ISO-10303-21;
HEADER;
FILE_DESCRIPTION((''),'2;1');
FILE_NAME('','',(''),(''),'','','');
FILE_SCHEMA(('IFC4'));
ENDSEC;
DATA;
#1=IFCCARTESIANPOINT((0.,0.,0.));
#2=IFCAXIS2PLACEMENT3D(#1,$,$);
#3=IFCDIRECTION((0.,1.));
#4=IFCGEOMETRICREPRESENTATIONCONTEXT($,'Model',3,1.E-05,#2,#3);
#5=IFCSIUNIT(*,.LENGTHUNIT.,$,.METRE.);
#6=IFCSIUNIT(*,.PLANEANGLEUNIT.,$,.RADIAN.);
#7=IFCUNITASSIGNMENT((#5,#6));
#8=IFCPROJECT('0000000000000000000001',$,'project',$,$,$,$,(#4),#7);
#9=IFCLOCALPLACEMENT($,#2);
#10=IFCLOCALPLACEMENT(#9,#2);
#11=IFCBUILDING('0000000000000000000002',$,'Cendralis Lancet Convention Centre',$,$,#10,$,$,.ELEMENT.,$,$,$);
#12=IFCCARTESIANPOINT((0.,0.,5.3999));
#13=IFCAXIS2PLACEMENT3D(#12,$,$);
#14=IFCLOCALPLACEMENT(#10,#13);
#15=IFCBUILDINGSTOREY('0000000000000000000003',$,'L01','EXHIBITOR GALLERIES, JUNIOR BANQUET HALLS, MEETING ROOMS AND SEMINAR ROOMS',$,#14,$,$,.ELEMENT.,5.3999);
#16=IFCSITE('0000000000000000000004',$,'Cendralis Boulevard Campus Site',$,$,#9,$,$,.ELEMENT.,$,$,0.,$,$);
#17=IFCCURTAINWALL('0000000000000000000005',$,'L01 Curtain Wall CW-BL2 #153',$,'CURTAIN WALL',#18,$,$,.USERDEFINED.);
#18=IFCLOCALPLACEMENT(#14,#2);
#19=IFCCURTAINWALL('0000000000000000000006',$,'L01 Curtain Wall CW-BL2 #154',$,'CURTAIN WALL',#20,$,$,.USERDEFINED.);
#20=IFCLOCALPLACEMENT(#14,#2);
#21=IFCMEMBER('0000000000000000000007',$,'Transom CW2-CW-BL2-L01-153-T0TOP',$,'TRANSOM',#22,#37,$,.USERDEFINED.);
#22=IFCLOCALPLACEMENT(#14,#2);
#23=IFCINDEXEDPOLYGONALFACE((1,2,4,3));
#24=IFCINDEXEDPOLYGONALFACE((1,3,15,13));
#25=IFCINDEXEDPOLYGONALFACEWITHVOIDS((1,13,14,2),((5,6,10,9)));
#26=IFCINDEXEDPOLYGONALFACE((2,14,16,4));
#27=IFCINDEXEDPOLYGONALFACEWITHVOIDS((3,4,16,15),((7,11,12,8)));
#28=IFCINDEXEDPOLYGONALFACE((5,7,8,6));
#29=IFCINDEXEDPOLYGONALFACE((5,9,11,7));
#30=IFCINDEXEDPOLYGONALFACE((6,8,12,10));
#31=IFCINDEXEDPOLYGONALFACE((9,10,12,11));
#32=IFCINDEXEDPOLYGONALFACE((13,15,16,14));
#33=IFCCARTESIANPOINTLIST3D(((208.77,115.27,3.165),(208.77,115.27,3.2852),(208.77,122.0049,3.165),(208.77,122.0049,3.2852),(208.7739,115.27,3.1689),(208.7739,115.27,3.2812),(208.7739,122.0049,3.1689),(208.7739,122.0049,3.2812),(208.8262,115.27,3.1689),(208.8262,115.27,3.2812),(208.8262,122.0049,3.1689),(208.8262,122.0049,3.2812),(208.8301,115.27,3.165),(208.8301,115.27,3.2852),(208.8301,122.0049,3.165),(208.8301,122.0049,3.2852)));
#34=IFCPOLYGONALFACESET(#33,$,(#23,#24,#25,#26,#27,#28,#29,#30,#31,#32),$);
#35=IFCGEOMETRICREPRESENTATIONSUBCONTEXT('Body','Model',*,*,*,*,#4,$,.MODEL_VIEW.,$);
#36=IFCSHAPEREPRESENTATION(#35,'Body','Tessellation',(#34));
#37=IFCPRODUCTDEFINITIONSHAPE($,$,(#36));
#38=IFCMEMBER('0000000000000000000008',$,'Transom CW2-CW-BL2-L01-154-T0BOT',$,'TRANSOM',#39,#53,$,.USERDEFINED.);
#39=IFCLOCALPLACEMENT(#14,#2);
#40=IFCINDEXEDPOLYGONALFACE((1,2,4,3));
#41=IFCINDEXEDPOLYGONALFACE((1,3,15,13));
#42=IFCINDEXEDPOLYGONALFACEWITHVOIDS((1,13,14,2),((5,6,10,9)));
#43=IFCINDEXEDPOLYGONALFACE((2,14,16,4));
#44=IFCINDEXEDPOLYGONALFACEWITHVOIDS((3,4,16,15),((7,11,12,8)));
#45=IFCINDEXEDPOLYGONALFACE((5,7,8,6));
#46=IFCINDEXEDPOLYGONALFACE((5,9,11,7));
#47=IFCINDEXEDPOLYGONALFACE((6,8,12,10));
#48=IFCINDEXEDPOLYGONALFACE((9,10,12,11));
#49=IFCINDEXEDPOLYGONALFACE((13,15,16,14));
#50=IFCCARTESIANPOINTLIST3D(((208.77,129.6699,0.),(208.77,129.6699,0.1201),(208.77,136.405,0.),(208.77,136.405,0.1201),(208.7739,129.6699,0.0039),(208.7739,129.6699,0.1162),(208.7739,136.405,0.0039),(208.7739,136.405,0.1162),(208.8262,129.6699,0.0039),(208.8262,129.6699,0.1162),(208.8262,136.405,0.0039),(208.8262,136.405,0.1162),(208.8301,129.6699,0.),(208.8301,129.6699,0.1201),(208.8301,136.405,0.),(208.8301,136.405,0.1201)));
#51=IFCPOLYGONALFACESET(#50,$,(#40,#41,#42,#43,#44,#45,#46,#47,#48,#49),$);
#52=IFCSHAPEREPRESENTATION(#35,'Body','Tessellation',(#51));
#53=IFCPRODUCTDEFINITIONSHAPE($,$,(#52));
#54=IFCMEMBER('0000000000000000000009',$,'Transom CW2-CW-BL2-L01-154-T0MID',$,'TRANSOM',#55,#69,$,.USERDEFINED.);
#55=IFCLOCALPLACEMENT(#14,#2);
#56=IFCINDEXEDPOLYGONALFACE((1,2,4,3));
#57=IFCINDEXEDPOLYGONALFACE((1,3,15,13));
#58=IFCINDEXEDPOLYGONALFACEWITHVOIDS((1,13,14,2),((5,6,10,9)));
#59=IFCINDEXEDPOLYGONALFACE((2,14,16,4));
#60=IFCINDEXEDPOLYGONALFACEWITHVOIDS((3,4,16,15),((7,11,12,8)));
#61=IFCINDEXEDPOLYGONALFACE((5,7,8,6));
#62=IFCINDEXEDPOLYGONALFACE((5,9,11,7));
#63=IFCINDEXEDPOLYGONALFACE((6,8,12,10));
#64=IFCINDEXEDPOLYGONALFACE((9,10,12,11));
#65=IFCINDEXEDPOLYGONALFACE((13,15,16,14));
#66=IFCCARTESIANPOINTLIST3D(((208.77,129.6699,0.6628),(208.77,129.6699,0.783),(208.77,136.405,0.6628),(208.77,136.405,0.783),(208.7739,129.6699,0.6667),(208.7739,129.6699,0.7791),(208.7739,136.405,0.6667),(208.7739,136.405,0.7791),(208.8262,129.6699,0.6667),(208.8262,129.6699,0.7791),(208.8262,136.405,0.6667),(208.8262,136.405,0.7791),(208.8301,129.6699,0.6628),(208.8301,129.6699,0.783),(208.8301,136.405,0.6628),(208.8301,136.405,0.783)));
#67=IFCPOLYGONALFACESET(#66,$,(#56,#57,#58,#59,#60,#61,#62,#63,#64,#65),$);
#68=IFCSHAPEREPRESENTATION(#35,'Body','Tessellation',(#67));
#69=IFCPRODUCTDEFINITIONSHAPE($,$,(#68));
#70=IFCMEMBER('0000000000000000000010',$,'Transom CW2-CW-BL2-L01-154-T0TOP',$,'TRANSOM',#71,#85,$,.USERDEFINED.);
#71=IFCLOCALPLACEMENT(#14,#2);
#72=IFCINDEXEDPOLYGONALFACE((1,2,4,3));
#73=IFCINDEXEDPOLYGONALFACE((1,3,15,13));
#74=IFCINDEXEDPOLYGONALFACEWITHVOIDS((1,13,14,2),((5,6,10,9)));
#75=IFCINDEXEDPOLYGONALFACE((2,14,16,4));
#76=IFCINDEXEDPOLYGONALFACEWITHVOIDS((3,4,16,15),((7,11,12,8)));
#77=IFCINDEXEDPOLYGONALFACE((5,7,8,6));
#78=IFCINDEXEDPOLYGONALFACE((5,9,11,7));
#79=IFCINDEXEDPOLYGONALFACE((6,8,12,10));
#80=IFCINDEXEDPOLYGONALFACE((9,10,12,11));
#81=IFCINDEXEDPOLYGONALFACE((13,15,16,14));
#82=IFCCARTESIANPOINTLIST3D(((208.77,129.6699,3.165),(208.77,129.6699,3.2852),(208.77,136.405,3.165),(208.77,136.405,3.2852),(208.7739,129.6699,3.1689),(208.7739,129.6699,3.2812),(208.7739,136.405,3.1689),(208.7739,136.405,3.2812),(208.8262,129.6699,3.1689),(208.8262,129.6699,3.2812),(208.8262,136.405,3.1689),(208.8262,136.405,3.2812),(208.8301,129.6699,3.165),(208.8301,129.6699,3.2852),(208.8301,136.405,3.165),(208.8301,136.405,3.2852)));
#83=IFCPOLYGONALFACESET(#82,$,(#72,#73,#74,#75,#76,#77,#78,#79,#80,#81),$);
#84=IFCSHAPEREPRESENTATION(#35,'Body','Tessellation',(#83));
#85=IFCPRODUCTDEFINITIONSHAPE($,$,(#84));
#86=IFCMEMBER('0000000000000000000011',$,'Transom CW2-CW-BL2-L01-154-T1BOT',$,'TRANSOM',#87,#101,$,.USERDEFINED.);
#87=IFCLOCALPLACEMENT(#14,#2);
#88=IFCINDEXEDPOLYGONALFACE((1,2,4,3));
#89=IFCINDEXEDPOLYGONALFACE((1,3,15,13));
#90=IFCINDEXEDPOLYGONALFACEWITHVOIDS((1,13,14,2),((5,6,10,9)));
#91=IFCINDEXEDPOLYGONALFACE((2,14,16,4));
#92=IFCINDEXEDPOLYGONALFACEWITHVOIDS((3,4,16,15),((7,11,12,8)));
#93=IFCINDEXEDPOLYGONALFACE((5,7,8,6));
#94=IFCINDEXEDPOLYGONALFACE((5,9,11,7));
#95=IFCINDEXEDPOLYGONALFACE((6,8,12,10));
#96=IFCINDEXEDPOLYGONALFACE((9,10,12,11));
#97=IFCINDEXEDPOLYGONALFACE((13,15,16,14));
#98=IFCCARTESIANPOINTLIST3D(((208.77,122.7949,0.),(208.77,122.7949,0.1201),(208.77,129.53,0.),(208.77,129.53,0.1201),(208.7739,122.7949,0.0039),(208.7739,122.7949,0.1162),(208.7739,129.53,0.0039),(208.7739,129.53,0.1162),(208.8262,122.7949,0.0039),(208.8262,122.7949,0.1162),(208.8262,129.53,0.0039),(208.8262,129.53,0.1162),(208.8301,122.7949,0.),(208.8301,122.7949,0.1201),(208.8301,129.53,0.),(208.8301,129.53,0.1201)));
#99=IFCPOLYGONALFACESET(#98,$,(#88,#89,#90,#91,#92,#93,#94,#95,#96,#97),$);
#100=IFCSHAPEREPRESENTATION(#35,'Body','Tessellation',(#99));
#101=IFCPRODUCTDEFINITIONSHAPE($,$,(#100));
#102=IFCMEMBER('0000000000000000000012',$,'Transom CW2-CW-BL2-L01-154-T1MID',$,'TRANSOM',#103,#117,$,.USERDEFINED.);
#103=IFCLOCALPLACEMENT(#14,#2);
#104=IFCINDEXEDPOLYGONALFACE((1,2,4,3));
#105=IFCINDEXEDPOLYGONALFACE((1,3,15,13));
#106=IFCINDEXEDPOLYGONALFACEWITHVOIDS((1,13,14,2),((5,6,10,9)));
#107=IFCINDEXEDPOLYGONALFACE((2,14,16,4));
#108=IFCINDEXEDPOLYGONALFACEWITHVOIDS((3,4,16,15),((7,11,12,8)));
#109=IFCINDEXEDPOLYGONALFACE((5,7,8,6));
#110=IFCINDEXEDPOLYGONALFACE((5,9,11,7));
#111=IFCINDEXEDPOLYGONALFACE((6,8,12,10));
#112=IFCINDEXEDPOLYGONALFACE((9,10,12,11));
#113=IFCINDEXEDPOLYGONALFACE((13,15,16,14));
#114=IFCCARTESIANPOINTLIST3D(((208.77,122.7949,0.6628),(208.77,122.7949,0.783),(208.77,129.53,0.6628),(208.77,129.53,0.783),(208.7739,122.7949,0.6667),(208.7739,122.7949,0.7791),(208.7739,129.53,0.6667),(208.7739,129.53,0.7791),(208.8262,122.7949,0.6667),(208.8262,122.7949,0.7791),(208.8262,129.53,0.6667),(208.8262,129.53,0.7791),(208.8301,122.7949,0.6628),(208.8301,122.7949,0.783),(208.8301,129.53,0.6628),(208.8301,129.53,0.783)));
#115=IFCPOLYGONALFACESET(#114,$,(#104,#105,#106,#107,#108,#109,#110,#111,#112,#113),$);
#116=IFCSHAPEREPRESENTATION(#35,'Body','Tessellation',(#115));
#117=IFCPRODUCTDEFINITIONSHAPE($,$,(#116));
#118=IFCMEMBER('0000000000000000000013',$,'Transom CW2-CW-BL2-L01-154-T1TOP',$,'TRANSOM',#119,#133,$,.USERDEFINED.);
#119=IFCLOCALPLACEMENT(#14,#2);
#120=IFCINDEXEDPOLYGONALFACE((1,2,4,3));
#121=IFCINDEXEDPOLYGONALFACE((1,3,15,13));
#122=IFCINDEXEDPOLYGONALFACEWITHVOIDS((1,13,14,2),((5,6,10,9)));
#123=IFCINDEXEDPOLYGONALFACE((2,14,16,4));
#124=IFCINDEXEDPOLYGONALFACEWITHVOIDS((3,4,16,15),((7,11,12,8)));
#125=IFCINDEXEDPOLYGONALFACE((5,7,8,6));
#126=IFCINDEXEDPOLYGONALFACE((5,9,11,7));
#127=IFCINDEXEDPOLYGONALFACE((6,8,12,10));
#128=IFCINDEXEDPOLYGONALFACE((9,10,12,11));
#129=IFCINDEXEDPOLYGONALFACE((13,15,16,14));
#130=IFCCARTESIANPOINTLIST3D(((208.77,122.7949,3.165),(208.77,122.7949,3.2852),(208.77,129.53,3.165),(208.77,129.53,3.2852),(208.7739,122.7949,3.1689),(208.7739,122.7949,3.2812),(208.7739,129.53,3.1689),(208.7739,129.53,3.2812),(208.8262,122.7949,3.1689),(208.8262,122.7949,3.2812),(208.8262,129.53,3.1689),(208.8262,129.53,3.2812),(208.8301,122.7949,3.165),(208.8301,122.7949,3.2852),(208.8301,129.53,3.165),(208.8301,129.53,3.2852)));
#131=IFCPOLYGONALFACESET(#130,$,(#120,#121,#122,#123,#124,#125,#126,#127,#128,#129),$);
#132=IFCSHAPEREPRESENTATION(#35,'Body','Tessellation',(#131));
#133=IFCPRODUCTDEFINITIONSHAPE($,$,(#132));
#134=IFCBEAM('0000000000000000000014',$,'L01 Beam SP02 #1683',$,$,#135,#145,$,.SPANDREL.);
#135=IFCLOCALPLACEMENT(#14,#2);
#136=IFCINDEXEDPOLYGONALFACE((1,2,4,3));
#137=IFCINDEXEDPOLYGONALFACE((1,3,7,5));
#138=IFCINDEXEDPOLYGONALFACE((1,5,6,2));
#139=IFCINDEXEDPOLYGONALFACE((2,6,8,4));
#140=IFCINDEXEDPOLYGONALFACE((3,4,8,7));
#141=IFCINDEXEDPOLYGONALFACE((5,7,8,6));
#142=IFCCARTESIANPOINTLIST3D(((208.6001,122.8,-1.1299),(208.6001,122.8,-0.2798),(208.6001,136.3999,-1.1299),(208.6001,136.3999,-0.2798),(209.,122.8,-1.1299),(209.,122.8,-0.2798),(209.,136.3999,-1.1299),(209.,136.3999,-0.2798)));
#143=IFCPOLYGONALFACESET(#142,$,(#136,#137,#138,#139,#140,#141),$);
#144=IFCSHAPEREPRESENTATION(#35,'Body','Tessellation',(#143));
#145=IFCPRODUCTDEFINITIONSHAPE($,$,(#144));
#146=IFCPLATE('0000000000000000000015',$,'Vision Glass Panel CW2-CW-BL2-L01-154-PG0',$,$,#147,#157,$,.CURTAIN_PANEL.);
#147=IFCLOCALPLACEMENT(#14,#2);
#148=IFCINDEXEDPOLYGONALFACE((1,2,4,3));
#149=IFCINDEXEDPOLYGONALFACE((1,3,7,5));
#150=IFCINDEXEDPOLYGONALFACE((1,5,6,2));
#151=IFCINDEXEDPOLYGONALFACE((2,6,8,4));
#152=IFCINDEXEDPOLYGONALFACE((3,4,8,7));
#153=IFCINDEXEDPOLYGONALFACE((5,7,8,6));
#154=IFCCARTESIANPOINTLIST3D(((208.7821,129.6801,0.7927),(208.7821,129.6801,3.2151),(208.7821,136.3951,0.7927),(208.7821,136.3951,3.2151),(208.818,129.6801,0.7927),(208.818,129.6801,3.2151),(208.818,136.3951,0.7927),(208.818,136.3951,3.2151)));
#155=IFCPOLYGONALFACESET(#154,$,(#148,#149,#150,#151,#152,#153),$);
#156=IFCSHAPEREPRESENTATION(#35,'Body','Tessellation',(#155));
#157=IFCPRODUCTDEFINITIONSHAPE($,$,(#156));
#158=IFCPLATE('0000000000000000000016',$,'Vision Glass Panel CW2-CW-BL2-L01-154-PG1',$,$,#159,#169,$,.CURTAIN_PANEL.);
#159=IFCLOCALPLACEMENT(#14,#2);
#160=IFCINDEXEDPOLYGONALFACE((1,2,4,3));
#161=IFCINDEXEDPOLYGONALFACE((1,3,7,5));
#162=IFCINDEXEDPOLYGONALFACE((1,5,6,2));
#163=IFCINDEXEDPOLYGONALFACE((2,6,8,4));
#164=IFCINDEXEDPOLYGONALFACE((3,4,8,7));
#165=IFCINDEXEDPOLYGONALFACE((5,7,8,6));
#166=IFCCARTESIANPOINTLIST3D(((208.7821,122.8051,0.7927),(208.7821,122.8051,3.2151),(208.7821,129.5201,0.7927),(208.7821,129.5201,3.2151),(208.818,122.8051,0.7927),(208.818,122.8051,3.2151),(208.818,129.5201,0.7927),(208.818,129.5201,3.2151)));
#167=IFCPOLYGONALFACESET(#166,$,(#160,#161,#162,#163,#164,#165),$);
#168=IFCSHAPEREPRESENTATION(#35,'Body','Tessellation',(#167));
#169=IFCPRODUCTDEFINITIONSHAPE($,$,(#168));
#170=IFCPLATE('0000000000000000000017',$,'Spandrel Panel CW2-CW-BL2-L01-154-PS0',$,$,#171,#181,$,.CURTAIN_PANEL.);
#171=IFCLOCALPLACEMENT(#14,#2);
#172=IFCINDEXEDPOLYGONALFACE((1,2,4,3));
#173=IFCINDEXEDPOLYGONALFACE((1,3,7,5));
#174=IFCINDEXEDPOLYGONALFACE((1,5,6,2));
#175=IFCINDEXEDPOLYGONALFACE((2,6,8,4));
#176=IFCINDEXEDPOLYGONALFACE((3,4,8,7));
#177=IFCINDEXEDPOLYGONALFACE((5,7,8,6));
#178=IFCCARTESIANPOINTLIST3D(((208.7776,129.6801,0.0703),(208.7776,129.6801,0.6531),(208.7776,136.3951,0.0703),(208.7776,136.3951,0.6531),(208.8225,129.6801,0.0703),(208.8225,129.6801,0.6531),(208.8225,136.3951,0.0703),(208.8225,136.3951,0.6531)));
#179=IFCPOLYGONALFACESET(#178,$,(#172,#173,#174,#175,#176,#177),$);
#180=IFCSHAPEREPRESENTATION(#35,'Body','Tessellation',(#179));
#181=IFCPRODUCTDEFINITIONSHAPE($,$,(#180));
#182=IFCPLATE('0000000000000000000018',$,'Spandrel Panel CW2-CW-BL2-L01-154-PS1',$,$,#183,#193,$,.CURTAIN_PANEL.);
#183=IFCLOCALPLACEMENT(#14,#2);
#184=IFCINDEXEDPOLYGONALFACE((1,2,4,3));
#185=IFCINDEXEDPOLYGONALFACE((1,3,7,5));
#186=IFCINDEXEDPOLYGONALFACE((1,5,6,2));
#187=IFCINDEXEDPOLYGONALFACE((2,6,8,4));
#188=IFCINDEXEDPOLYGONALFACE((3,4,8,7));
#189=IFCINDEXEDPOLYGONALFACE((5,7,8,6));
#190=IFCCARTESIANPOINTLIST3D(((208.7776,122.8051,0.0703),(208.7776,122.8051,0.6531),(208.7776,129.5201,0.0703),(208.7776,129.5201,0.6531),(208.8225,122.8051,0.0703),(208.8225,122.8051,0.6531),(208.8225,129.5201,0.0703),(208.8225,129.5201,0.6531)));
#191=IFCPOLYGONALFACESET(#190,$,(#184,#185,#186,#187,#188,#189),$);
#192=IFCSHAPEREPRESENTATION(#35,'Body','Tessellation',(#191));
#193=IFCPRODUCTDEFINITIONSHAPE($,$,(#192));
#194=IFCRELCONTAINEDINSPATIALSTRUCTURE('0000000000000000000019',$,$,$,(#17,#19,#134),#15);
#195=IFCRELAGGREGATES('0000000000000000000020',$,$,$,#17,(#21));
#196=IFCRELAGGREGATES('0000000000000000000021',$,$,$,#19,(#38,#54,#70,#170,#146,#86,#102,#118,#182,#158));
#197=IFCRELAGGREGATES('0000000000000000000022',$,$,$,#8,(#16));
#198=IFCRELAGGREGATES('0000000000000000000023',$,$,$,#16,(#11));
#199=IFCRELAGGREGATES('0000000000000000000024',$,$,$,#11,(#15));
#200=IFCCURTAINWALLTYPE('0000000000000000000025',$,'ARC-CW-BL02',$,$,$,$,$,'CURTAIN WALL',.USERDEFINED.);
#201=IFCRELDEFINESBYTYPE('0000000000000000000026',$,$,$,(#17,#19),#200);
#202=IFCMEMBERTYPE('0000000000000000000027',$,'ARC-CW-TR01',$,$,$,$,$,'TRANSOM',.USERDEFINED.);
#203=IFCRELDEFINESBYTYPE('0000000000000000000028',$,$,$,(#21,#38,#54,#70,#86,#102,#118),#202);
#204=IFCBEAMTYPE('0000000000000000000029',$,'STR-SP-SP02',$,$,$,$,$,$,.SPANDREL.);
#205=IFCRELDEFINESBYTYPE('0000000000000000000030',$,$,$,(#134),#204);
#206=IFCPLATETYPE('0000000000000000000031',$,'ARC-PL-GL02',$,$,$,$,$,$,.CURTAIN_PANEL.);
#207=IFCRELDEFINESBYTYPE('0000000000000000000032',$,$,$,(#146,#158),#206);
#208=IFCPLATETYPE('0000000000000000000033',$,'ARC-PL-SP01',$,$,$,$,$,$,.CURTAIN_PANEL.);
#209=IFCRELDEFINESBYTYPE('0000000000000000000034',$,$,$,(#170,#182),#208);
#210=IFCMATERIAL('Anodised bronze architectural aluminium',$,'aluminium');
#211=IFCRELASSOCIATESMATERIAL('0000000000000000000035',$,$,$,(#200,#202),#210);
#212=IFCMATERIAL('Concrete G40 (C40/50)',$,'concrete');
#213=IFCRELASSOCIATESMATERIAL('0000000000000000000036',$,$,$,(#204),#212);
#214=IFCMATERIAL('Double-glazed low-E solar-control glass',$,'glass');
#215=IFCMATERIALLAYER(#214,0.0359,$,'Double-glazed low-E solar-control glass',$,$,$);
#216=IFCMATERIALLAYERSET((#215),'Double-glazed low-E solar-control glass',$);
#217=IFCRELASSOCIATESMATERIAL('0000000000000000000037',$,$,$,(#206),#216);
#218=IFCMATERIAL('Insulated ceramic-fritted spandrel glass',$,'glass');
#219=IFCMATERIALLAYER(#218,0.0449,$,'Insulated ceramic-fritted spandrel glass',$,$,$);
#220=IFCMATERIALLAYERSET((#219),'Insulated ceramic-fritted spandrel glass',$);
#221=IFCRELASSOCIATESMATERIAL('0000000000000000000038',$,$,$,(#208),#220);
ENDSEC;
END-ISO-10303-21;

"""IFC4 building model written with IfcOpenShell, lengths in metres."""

from ifc_helpers import new_model, si_unit, direction, frame, origin, origin_2d, place, context, subcontext, project, spatial, rectangle, hollow_rectangle, extrude, material, layer, layer_set, material_profile, profile_set, type_object, element, aggregate, save


model = new_model("IFC4")

# Units and contexts
model_context = context("Model", 3, precision=1e-05, world=origin(), true_north=direction((0.0, 1.0)))
body_context = subcontext(model_context, "Body", "Model", "MODEL_VIEW")
ifc_project = project(units=[si_unit("LENGTHUNIT", "METRE"), si_unit("PLANEANGLEUNIT", "RADIAN")], contexts=[model_context])

# Site, building, storey
site_placement = place(None, origin())
site = spatial("IfcSite", under=ifc_project, at=site_placement, Name="Cendralis Boulevard Campus Site", CompositionType="ELEMENT", RefElevation=0.0)
building_placement = place(site_placement, origin())
building = spatial("IfcBuilding", under=site, at=building_placement, Name="Cendralis Lancet Convention Centre", CompositionType="ELEMENT")
storey_placement = place(building_placement, frame((0.0, 0.0, 5.3999)))
storey = spatial("IfcBuildingStorey", under=building, at=storey_placement, Name="L01", Description="EXHIBITOR GALLERIES, JUNIOR BANQUET HALLS, MEETING ROOMS AND SEMINAR ROOMS", CompositionType="ELEMENT", Elevation=5.3999)

# Curtain wall
ifc_material_1 = material(Name="Anodised bronze architectural aluminium", Category="aluminium")
curtain_wall_type = type_object("IfcCurtainWallType", Name="ARC-CW-BL02", ElementType="CURTAIN WALL", PredefinedType="USERDEFINED", material=ifc_material_1)
curtain_wall_1_placement = place(storey_placement, origin())
curtain_wall_1 = element("IfcCurtainWall", 1, at=curtain_wall_1_placement, inside=storey, type_object=curtain_wall_type, Name="L01 Curtain Wall CW-BL2 #153", ObjectType="CURTAIN WALL", PredefinedType="USERDEFINED")

# Curtain wall
curtain_wall_2_placement = place(storey_placement, origin())
curtain_wall_2 = element("IfcCurtainWall", 2, at=curtain_wall_2_placement, inside=storey, type_object=curtain_wall_type, Name="L01 Curtain Wall CW-BL2 #154", ObjectType="CURTAIN WALL", PredefinedType="USERDEFINED")

# Members
ifc_material_profile_1 = material_profile(ifc_material_1, hollow_rectangle(XDim=0.0601, YDim=0.1201, WallThickness=0.0039, at=origin_2d()), Name="AL-TRAN 60x120x4.0")
ifc_profile_set_1 = profile_set([ifc_material_profile_1], Name="Anodised bronze architectural aluminium")
member_type_1 = type_object("IfcMemberType", Name="ARC-CW-TR01", ElementType="TRANSOM", PredefinedType="USERDEFINED", material=ifc_profile_set_1)
member_1_placement = place(storey_placement, frame((208.8, 122.0049, 3.2251), z_axis=(0.0, -1.0, 0.0), x_axis=(1.0, 0.0, 0.0)))
member_1 = element("IfcMember", 3, at=member_1_placement, type_object=member_type_1, Name="Transom CW2-CW-BL2-L01-153-T0TOP", ObjectType="TRANSOM", PredefinedType="USERDEFINED", context=body_context, shape_type="SweptSolid", body=[
    extrude(hollow_rectangle(XDim=0.0601, YDim=0.1201, WallThickness=0.0039, at=origin_2d()), origin(), (0.0, 0.0, 1.0), 6.7349),
])
aggregate(curtain_wall_1, [member_1])
member_2_placement = place(storey_placement, frame((208.8, 136.405, 0.0601), z_axis=(0.0, -1.0, 0.0), x_axis=(1.0, 0.0, 0.0)))
member_2 = element("IfcMember", 4, at=member_2_placement, type_object=member_type_1, Name="Transom CW2-CW-BL2-L01-154-T0BOT", ObjectType="TRANSOM", PredefinedType="USERDEFINED", context=body_context, shape_type="SweptSolid", body=[
    extrude(hollow_rectangle(XDim=0.0601, YDim=0.1201, WallThickness=0.0039, at=origin_2d()), origin(), (0.0, 0.0, 1.0), 6.7351),
])
member_3_placement = place(storey_placement, frame((208.8, 136.405, 0.7229), z_axis=(0.0, -1.0, 0.0), x_axis=(1.0, 0.0, 0.0)))
member_3 = element("IfcMember", 5, at=member_3_placement, type_object=member_type_1, Name="Transom CW2-CW-BL2-L01-154-T0MID", ObjectType="TRANSOM", PredefinedType="USERDEFINED", context=body_context, shape_type="SweptSolid", body=[
    extrude(hollow_rectangle(XDim=0.0601, YDim=0.1201, WallThickness=0.0039, at=origin_2d()), origin(), (0.0, 0.0, 1.0), 6.7351),
])
member_4_placement = place(storey_placement, frame((208.8, 136.405, 3.2251), z_axis=(0.0, -1.0, 0.0), x_axis=(1.0, 0.0, 0.0)))
member_4 = element("IfcMember", 6, at=member_4_placement, type_object=member_type_1, Name="Transom CW2-CW-BL2-L01-154-T0TOP", ObjectType="TRANSOM", PredefinedType="USERDEFINED", context=body_context, shape_type="SweptSolid", body=[
    extrude(hollow_rectangle(XDim=0.0601, YDim=0.1201, WallThickness=0.0039, at=origin_2d()), origin(), (0.0, 0.0, 1.0), 6.7351),
])
member_5_placement = place(storey_placement, frame((208.8, 129.53, 0.0601), z_axis=(0.0, -1.0, 0.0), x_axis=(1.0, 0.0, 0.0)))
member_5 = element("IfcMember", 7, at=member_5_placement, type_object=member_type_1, Name="Transom CW2-CW-BL2-L01-154-T1BOT", ObjectType="TRANSOM", PredefinedType="USERDEFINED", context=body_context, shape_type="SweptSolid", body=[
    extrude(hollow_rectangle(XDim=0.0601, YDim=0.1201, WallThickness=0.0039, at=origin_2d()), origin(), (0.0, 0.0, 1.0), 6.7351),
])
member_6_placement = place(storey_placement, frame((208.8, 129.53, 0.7229), z_axis=(0.0, -1.0, 0.0), x_axis=(1.0, 0.0, 0.0)))
member_6 = element("IfcMember", 8, at=member_6_placement, type_object=member_type_1, Name="Transom CW2-CW-BL2-L01-154-T1MID", ObjectType="TRANSOM", PredefinedType="USERDEFINED", context=body_context, shape_type="SweptSolid", body=[
    extrude(hollow_rectangle(XDim=0.0601, YDim=0.1201, WallThickness=0.0039, at=origin_2d()), origin(), (0.0, 0.0, 1.0), 6.7351),
])
member_7_placement = place(storey_placement, frame((208.8, 129.53, 3.2251), z_axis=(0.0, -1.0, 0.0), x_axis=(1.0, 0.0, 0.0)))
member_7 = element("IfcMember", 9, at=member_7_placement, type_object=member_type_1, Name="Transom CW2-CW-BL2-L01-154-T1TOP", ObjectType="TRANSOM", PredefinedType="USERDEFINED", context=body_context, shape_type="SweptSolid", body=[
    extrude(hollow_rectangle(XDim=0.0601, YDim=0.1201, WallThickness=0.0039, at=origin_2d()), origin(), (0.0, 0.0, 1.0), 6.7351),
])

# Beam
ifc_material_2 = material(Name="Concrete G40 (C40/50)", Category="concrete")
ifc_material_profile_2 = material_profile(ifc_material_2, rectangle(XDim=0.3999, YDim=0.8501, at=origin_2d()), Name="RCB 400x850")
ifc_profile_set_2 = profile_set([ifc_material_profile_2], Name="Concrete G40 (C40/50)")
beam_type = type_object("IfcBeamType", Name="STR-SP-SP02", PredefinedType="SPANDREL", material=ifc_profile_set_2)
beam_placement = place(storey_placement, frame((208.8, 122.8, -0.7048), z_axis=(0.0, 1.0, 0.0), x_axis=(-1.0, 0.0, 0.0)))
element("IfcBeam", 10, at=beam_placement, inside=storey, type_object=beam_type, Name="L01 Beam SP02 #1683", PredefinedType="SPANDREL", context=body_context, shape_type="SweptSolid", body=[
    extrude(rectangle(XDim=0.3999, YDim=0.8501, at=origin_2d()), origin(), (0.0, 0.0, 1.0), 13.5999),
])

# Plates
ifc_material_3 = material(Name="Double-glazed low-E solar-control glass", Category="glass")
ifc_layer_1 = layer(ifc_material_3, 0.0359, Name="Double-glazed low-E solar-control glass")
ifc_layer_set_1 = layer_set([ifc_layer_1], Name="Double-glazed low-E solar-control glass")
plate_type_1 = type_object("IfcPlateType", Name="ARC-PL-GL02", PredefinedType="CURTAIN_PANEL", material=ifc_layer_set_1)
plate_1_placement = place(storey_placement, frame((208.8, 133.0376, 0.7927), z_axis=(0.0, 0.0, 1.0), x_axis=(0.0, -1.0, 0.0)))
plate_1 = element("IfcPlate", 11, at=plate_1_placement, type_object=plate_type_1, Name="Vision Glass Panel CW2-CW-BL2-L01-154-PG0", PredefinedType="CURTAIN_PANEL", context=body_context, shape_type="SweptSolid", body=[
    extrude(rectangle(XDim=6.7151, YDim=0.0359, at=origin_2d()), origin(), (0.0, 0.0, 1.0), 2.4224),
])
plate_2_placement = place(storey_placement, frame((208.8, 126.1626, 0.7927), z_axis=(0.0, 0.0, 1.0), x_axis=(0.0, -1.0, 0.0)))
plate_2 = element("IfcPlate", 12, at=plate_2_placement, type_object=plate_type_1, Name="Vision Glass Panel CW2-CW-BL2-L01-154-PG1", PredefinedType="CURTAIN_PANEL", context=body_context, shape_type="SweptSolid", body=[
    extrude(rectangle(XDim=6.7151, YDim=0.0359, at=origin_2d()), origin(), (0.0, 0.0, 1.0), 2.4224),
])
ifc_material_4 = material(Name="Insulated ceramic-fritted spandrel glass", Category="glass")
ifc_layer_2 = layer(ifc_material_4, 0.0449, Name="Insulated ceramic-fritted spandrel glass")
ifc_layer_set_2 = layer_set([ifc_layer_2], Name="Insulated ceramic-fritted spandrel glass")
plate_type_2 = type_object("IfcPlateType", Name="ARC-PL-SP01", PredefinedType="CURTAIN_PANEL", material=ifc_layer_set_2)
plate_3_placement = place(storey_placement, frame((208.8, 133.0376, 0.0703), z_axis=(0.0, 0.0, 1.0), x_axis=(0.0, -1.0, 0.0)))
plate_3 = element("IfcPlate", 13, at=plate_3_placement, type_object=plate_type_2, Name="Spandrel Panel CW2-CW-BL2-L01-154-PS0", PredefinedType="CURTAIN_PANEL", context=body_context, shape_type="SweptSolid", body=[
    extrude(rectangle(XDim=6.7151, YDim=0.0449, at=origin_2d()), origin(), (0.0, 0.0, 1.0), 0.5828),
])
plate_4_placement = place(storey_placement, frame((208.8, 126.1626, 0.0703), z_axis=(0.0, 0.0, 1.0), x_axis=(0.0, -1.0, 0.0)))
plate_4 = element("IfcPlate", 14, at=plate_4_placement, type_object=plate_type_2, Name="Spandrel Panel CW2-CW-BL2-L01-154-PS1", PredefinedType="CURTAIN_PANEL", context=body_context, shape_type="SweptSolid", body=[
    extrude(rectangle(XDim=6.7151, YDim=0.0449, at=origin_2d()), origin(), (0.0, 0.0, 1.0), 0.5828),
])
aggregate(curtain_wall_2, [member_2, member_3, member_4, plate_3, plate_1, member_5, member_6, member_7, plate_4, plate_2])

save(model, "model.ifc")
